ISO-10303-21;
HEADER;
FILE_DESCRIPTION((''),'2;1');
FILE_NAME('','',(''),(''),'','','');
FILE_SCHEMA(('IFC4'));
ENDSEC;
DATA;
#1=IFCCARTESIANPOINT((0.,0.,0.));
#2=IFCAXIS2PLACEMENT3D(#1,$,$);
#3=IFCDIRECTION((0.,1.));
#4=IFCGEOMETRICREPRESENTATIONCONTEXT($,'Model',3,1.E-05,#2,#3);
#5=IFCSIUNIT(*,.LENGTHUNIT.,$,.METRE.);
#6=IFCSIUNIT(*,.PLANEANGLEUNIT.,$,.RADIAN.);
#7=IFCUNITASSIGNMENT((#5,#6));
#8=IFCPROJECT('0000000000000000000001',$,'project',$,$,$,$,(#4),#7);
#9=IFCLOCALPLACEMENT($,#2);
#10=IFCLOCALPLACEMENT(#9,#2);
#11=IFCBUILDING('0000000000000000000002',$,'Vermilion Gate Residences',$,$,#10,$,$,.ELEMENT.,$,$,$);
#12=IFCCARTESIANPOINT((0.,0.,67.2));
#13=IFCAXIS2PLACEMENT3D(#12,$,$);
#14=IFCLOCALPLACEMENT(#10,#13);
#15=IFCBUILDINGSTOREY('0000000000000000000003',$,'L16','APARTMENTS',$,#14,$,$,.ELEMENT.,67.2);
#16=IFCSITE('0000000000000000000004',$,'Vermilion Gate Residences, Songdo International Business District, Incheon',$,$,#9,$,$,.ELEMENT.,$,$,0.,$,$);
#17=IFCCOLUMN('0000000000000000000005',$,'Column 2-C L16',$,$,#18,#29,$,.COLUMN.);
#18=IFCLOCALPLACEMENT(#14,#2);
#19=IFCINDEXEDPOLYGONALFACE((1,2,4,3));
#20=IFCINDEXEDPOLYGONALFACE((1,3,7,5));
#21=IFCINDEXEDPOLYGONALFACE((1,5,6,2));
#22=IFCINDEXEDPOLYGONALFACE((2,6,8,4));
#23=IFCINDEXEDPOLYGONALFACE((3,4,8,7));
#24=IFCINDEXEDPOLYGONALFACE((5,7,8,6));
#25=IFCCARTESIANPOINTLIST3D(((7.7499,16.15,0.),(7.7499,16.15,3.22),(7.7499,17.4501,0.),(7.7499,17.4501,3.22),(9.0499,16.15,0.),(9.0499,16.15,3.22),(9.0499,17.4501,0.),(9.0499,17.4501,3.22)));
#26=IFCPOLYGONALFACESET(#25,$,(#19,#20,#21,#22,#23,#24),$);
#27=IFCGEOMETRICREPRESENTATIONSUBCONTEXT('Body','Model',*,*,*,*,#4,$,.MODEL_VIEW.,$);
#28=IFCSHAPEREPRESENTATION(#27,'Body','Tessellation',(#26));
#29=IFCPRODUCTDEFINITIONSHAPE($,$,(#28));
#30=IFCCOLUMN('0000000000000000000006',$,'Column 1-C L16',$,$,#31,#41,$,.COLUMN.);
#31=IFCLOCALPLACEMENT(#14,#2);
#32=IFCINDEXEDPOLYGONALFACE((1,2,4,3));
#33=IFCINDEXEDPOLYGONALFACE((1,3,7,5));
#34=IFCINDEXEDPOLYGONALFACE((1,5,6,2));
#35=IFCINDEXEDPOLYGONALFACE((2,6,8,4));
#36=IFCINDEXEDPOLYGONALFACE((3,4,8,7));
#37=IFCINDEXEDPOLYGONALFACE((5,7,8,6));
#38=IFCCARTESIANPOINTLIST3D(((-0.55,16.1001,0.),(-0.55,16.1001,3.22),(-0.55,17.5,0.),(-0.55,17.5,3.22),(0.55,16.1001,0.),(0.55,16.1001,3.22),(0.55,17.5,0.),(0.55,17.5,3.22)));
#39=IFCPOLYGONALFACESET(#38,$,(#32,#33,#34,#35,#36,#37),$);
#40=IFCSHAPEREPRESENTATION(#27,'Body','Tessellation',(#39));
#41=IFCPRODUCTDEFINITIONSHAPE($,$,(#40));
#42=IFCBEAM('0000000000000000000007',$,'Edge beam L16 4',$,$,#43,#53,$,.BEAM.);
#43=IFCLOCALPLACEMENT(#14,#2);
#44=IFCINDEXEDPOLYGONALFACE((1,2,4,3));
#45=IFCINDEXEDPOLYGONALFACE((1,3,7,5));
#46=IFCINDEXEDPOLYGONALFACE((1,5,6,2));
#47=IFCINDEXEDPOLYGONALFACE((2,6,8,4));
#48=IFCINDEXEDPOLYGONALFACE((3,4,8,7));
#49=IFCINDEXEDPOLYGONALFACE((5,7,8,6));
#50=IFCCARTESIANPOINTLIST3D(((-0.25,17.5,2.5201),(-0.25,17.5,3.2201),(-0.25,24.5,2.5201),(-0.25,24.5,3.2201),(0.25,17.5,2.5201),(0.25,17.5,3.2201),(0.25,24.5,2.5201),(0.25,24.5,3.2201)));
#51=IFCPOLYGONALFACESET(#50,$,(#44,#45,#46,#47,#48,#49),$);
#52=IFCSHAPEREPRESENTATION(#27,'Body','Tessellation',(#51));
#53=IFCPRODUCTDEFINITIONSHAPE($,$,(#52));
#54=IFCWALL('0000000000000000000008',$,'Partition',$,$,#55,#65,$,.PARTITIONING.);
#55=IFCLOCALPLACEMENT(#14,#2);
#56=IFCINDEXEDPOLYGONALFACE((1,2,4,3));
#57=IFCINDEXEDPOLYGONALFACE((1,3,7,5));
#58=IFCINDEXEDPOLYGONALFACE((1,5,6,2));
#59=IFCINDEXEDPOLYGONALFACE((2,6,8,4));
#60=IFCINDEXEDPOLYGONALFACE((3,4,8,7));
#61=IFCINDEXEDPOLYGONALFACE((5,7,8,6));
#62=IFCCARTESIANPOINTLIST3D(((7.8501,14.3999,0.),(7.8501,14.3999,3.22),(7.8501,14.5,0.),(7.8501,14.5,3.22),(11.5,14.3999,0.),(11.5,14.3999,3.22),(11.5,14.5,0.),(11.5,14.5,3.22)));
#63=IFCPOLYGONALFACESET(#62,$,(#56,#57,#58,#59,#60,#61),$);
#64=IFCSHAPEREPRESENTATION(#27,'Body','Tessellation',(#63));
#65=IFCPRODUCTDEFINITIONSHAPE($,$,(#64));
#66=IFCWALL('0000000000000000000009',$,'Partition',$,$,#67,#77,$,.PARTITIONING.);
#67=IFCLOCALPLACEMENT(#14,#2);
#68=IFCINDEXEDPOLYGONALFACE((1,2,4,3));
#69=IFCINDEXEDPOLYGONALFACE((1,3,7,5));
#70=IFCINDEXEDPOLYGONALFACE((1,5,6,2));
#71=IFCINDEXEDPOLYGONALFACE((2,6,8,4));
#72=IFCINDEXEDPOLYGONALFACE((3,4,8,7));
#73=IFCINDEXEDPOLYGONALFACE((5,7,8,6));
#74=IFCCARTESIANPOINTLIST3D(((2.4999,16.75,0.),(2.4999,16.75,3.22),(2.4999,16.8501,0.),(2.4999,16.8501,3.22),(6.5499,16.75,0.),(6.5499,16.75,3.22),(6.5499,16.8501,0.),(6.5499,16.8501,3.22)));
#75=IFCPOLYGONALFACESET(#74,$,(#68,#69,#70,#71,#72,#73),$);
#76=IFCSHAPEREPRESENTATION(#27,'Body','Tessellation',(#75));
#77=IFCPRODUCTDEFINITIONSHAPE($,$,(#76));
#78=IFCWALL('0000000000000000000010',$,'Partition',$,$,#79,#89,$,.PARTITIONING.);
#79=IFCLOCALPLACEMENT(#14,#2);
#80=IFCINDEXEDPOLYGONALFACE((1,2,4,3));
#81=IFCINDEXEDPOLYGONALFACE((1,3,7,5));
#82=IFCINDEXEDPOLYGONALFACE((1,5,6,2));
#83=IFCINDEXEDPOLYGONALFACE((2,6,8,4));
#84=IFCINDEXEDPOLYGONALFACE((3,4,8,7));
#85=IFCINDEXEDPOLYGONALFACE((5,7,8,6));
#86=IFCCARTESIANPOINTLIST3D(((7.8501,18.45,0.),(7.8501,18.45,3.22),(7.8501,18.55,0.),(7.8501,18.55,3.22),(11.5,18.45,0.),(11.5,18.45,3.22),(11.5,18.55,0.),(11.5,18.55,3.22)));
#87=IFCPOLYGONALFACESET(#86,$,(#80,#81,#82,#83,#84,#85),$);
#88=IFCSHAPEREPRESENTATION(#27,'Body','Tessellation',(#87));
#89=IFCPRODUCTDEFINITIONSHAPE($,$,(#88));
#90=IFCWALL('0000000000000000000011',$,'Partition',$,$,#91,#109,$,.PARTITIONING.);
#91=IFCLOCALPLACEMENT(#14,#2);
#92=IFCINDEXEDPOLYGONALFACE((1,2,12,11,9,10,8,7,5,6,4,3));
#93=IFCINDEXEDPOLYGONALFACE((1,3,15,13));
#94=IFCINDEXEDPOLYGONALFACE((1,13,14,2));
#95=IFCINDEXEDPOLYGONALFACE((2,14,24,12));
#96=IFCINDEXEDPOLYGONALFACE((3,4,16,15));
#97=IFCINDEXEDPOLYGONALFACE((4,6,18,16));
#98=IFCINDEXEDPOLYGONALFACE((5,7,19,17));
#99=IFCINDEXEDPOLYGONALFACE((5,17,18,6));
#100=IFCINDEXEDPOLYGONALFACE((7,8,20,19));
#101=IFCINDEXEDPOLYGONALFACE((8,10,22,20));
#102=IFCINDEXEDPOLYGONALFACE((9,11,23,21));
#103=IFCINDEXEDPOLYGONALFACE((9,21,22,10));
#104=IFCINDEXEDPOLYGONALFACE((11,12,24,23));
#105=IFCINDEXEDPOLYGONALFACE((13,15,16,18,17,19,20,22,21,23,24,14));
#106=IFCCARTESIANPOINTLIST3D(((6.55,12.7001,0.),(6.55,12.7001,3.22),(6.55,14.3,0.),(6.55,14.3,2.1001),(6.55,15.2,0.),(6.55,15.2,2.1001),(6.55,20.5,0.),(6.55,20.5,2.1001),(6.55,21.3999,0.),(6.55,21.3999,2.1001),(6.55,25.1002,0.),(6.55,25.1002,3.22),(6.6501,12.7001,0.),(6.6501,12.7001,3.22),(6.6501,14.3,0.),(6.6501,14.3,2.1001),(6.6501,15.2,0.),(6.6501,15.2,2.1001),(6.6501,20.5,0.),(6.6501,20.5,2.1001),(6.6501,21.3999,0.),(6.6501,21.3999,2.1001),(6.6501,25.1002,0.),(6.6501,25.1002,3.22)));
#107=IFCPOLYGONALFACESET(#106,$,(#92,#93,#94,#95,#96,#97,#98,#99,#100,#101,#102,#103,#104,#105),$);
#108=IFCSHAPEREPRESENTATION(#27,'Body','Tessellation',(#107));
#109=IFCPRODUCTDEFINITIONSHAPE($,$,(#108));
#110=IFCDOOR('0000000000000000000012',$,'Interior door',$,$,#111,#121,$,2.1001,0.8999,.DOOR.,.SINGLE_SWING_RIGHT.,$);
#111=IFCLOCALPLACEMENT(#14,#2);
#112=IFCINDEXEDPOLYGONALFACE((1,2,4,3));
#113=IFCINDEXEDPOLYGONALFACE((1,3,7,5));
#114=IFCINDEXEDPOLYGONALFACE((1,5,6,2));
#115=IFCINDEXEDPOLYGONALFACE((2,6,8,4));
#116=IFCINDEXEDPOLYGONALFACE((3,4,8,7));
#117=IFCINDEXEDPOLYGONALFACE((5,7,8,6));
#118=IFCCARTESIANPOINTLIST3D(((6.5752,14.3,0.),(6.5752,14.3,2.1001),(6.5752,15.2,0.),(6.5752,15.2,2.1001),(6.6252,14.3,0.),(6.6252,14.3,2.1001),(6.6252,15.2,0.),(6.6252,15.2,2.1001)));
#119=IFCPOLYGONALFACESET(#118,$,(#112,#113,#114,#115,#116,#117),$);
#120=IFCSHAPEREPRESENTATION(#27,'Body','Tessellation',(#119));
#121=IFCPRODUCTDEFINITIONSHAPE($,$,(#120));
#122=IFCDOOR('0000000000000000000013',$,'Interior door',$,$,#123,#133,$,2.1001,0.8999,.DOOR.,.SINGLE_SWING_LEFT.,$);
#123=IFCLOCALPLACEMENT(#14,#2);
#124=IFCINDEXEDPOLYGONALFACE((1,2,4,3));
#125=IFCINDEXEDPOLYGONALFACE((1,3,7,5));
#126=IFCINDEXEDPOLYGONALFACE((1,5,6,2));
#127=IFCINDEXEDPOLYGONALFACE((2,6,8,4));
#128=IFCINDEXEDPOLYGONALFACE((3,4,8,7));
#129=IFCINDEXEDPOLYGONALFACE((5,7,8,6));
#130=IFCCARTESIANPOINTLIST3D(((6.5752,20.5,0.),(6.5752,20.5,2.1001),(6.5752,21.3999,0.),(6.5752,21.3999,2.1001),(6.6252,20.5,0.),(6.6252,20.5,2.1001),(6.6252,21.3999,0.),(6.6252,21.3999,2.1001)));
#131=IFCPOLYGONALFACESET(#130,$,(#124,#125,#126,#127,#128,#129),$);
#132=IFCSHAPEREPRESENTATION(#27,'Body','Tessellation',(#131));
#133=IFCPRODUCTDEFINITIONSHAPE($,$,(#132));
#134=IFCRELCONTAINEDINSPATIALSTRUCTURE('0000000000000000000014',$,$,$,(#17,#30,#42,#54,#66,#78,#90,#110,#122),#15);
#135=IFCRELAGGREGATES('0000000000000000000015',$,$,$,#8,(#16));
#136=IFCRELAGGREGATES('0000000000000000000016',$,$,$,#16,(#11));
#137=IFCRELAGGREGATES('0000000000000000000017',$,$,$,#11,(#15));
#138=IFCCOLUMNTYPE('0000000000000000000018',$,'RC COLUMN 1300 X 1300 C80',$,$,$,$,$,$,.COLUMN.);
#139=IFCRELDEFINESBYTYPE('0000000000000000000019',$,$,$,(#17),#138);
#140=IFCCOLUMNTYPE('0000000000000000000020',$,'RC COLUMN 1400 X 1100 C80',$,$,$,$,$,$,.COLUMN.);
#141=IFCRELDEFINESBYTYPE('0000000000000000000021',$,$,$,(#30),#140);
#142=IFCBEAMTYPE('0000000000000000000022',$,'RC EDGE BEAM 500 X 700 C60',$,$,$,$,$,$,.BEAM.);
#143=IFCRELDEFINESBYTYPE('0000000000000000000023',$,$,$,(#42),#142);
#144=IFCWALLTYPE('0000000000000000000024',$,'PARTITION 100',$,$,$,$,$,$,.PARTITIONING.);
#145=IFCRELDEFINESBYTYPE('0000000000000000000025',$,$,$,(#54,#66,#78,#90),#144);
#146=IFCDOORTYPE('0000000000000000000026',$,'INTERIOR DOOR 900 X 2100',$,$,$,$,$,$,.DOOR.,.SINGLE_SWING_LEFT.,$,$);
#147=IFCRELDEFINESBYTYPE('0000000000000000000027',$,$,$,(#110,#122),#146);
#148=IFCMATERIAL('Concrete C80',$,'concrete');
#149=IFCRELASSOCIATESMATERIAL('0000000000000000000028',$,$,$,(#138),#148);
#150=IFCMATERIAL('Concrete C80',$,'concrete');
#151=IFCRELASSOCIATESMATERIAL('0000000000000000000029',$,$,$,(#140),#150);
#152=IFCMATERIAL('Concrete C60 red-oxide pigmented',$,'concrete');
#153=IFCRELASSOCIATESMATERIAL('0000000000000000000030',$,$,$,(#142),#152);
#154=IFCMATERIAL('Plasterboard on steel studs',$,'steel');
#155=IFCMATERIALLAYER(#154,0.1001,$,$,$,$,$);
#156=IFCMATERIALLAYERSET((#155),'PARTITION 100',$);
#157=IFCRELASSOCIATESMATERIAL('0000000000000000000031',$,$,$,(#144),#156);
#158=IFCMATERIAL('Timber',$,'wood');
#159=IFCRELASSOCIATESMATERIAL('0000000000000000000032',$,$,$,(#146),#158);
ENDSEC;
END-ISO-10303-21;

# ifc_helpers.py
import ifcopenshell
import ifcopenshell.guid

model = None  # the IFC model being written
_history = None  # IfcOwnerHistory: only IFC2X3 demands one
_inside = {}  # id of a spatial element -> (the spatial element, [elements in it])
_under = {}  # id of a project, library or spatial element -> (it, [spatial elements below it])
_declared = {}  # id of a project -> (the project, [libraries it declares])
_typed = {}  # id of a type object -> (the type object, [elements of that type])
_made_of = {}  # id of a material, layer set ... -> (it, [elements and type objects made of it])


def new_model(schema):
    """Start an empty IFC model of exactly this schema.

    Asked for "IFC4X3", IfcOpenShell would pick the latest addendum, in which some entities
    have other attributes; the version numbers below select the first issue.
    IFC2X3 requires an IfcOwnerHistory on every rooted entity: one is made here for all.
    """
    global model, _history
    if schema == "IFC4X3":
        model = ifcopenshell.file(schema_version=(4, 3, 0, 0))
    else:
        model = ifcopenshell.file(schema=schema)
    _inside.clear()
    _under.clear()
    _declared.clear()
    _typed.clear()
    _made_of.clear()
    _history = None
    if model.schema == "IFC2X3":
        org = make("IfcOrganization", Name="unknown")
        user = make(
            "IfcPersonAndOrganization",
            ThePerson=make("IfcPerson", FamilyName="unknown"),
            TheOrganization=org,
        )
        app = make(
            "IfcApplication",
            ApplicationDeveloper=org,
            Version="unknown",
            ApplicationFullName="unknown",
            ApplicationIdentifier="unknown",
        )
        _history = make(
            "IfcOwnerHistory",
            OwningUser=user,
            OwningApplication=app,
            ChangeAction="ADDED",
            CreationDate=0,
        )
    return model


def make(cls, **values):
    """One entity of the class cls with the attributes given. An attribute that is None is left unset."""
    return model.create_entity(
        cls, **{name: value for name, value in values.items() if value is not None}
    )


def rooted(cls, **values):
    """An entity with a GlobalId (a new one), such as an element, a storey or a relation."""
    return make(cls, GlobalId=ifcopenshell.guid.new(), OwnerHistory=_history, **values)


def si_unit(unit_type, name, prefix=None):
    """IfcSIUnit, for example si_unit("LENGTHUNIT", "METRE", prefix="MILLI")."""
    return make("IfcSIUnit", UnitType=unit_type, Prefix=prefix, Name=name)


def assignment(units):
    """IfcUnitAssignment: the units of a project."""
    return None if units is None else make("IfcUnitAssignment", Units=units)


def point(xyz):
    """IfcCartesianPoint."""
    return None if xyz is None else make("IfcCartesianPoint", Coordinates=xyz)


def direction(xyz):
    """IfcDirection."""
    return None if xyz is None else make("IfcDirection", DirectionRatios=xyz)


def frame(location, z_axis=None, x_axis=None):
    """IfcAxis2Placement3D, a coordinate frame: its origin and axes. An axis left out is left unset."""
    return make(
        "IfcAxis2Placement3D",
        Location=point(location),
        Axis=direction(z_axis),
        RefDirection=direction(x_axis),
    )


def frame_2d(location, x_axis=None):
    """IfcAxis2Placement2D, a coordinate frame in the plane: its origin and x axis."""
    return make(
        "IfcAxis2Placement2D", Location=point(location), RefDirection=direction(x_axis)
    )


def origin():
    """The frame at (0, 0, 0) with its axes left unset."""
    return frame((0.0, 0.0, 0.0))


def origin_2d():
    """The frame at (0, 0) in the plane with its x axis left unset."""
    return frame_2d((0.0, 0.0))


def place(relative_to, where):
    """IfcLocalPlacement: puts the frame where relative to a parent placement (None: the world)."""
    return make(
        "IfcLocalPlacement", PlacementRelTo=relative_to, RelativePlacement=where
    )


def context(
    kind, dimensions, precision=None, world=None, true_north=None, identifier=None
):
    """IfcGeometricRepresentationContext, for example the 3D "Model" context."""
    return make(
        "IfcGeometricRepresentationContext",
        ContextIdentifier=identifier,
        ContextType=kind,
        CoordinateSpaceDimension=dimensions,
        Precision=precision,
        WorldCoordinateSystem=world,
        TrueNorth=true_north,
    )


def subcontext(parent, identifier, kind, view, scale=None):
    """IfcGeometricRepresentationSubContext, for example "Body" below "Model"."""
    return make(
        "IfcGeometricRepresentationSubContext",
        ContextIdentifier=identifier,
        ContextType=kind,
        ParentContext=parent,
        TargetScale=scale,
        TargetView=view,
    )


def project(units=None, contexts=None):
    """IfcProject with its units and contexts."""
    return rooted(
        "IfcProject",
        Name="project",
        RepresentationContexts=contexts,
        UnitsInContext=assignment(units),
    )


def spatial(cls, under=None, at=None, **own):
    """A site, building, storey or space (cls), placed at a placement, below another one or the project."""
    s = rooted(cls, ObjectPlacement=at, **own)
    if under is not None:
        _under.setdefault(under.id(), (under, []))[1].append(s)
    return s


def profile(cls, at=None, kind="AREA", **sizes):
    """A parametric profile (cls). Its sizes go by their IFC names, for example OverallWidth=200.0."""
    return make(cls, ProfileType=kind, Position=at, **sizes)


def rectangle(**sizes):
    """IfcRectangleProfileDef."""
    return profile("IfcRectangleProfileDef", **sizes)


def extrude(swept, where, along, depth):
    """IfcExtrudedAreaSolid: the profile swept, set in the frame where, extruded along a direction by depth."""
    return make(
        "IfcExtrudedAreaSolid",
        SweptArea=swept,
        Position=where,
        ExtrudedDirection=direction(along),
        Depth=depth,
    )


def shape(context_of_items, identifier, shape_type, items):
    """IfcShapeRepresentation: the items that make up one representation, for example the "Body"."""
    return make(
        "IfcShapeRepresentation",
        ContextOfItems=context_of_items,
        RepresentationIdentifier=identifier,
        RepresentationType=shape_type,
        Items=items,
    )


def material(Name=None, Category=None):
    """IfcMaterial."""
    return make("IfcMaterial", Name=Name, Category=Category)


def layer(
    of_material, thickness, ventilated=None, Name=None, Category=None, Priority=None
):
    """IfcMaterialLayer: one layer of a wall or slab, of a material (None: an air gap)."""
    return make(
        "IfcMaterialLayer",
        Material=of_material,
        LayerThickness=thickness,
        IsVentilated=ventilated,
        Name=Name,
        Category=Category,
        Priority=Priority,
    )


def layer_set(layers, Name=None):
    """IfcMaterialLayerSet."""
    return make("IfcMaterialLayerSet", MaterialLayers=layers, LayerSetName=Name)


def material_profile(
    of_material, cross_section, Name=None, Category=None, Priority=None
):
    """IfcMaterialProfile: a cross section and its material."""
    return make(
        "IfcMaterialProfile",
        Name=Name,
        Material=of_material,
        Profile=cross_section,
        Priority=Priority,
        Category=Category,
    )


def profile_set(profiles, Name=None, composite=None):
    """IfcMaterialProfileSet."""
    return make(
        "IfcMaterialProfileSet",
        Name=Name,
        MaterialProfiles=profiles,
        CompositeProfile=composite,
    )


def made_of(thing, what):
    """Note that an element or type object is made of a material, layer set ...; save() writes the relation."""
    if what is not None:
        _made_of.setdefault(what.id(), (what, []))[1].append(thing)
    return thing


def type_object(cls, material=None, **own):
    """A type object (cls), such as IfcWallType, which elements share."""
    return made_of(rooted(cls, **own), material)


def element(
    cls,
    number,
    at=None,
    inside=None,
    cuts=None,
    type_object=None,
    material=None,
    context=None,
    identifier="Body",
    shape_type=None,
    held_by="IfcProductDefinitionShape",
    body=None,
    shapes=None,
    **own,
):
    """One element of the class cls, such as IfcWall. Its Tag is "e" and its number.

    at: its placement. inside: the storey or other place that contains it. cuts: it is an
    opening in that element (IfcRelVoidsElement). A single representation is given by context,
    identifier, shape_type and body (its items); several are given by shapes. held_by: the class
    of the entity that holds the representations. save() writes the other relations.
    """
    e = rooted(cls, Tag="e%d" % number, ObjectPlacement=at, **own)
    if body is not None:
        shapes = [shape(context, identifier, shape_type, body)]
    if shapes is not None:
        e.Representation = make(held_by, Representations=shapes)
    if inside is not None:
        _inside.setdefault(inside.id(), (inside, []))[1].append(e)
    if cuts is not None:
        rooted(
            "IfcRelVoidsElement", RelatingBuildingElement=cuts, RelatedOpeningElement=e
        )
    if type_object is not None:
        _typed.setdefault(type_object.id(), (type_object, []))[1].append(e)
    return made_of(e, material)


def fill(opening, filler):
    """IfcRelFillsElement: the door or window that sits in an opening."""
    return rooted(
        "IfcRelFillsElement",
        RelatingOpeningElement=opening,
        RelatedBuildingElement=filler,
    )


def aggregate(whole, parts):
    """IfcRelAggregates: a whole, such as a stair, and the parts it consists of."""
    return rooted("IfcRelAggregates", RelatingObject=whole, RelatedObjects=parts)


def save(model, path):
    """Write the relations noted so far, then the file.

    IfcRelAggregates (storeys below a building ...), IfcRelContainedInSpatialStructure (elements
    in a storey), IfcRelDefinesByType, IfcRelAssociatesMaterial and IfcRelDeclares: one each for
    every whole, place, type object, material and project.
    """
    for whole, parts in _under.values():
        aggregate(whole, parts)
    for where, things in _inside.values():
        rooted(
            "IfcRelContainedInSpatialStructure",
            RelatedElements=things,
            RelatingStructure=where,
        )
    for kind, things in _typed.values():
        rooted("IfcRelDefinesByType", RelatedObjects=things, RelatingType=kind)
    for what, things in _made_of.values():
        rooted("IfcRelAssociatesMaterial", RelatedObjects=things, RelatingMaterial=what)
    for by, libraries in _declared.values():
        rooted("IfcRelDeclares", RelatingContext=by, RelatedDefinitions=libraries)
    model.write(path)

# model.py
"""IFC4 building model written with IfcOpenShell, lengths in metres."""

from ifc_helpers import new_model, si_unit, direction, frame, frame_2d, origin, origin_2d, place, context, subcontext, project, spatial, rectangle, extrude, material, layer, layer_set, material_profile, profile_set, type_object, element, fill, save


model = new_model("IFC4")

# Units and contexts
model_context = context("Model", 3, precision=1e-05, world=origin(), true_north=direction((0.0, 1.0)))
body_context = subcontext(model_context, "Body", "Model", "MODEL_VIEW")
ifc_project = project(units=[si_unit("LENGTHUNIT", "METRE"), si_unit("PLANEANGLEUNIT", "RADIAN")], contexts=[model_context])

# Site, building, storey
site_placement = place(None, origin())
site = spatial("IfcSite", under=ifc_project, at=site_placement, Name="Vermilion Gate Residences, Songdo International Business District, Incheon", CompositionType="ELEMENT", RefElevation=0.0)
building_placement = place(site_placement, origin())
building = spatial("IfcBuilding", under=site, at=building_placement, Name="Vermilion Gate Residences", CompositionType="ELEMENT")
storey_placement = place(building_placement, frame((0.0, 0.0, 67.2)))
storey = spatial("IfcBuildingStorey", under=building, at=storey_placement, Name="L16", Description="APARTMENTS", CompositionType="ELEMENT", Elevation=67.2)

# Columns
ifc_material_1 = material(Name="Concrete C80", Category="concrete")
ifc_material_profile_1 = material_profile(ifc_material_1, rectangle(XDim=1.3, YDim=1.3, at=origin_2d()), Name="RC-1300x1300")
ifc_profile_set_1 = profile_set([ifc_material_profile_1], Name="Concrete C80")
column_type_1 = type_object("IfcColumnType", Name="RC COLUMN 1300 X 1300 C80", PredefinedType="COLUMN", material=ifc_profile_set_1)
column_1_placement = place(storey_placement, frame((8.3999, 16.8, 0.0), z_axis=(0.0, 0.0, 1.0), x_axis=(1.0, 0.0, 0.0)))
element("IfcColumn", 1, at=column_1_placement, inside=storey, type_object=column_type_1, Name="Column 2-C L16", PredefinedType="COLUMN", context=body_context, shape_type="SweptSolid", body=[
    extrude(rectangle(XDim=1.3, YDim=1.3, at=origin_2d()), origin(), (0.0, 0.0, 1.0), 3.22),
])
ifc_material_2 = material(Name="Concrete C80", Category="concrete")
ifc_material_profile_2 = material_profile(ifc_material_2, rectangle(XDim=1.3999, YDim=1.1001, at=origin_2d()), Name="RC-1400x1100")
ifc_profile_set_2 = profile_set([ifc_material_profile_2], Name="Concrete C80")
column_type_2 = type_object("IfcColumnType", Name="RC COLUMN 1400 X 1100 C80", PredefinedType="COLUMN", material=ifc_profile_set_2)
column_2_placement = place(storey_placement, frame((0.0, 16.8, 0.0), z_axis=(0.0, 0.0, 1.0), x_axis=(0.0, 1.0, 0.0)))
element("IfcColumn", 2, at=column_2_placement, inside=storey, type_object=column_type_2, Name="Column 1-C L16", PredefinedType="COLUMN", context=body_context, shape_type="SweptSolid", body=[
    extrude(rectangle(XDim=1.3999, YDim=1.1001, at=origin_2d()), origin(), (0.0, 0.0, 1.0), 3.22),
])

# Beam
ifc_material_3 = material(Name="Concrete C60 red-oxide pigmented", Category="concrete")
ifc_material_profile_3 = material_profile(ifc_material_3, rectangle(XDim=0.5, YDim=0.7, at=origin_2d()), Name="RC-500x700")
ifc_profile_set_3 = profile_set([ifc_material_profile_3], Name="Concrete C60 red-oxide pigmented")
beam_type = type_object("IfcBeamType", Name="RC EDGE BEAM 500 X 700 C60", PredefinedType="BEAM", material=ifc_profile_set_3)
beam_placement = place(storey_placement, frame((0.0, 17.5, 2.8701), z_axis=(0.0, 1.0, 0.0), x_axis=(-1.0, 0.0, 0.0)))
element("IfcBeam", 3, at=beam_placement, inside=storey, type_object=beam_type, Name="Edge beam L16 4", PredefinedType="BEAM", context=body_context, shape_type="SweptSolid", body=[
    extrude(rectangle(XDim=0.5, YDim=0.7, at=origin_2d()), origin(), (0.0, 0.0, 1.0), 7.0),
])

# Walls
ifc_material_4 = material(Name="Plasterboard on steel studs", Category="steel")
ifc_layer_1 = layer(ifc_material_4, 0.1001)
ifc_layer_set_1 = layer_set([ifc_layer_1], Name="PARTITION 100")
wall_type_1 = type_object("IfcWallType", Name="PARTITION 100", PredefinedType="PARTITIONING", material=ifc_layer_set_1)
wall_1_placement = place(storey_placement, frame((7.8501, 14.45, 0.0), z_axis=(0.0, 0.0, 1.0), x_axis=(1.0, 0.0, 0.0)))
element("IfcWall", 4, at=wall_1_placement, inside=storey, type_object=wall_type_1, Name="Partition", PredefinedType="PARTITIONING", context=body_context, shape_type="SweptSolid", body=[
    extrude(rectangle(XDim=3.6499, YDim=0.1001, at=frame_2d((1.825, 0.0))), origin(), (0.0, 0.0, 1.0), 3.22),
])
wall_2_placement = place(storey_placement, frame((2.5, 16.8, 0.0), z_axis=(0.0, 0.0, 1.0), x_axis=(1.0, 0.0, 0.0)))
element("IfcWall", 5, at=wall_2_placement, inside=storey, type_object=wall_type_1, Name="Partition", PredefinedType="PARTITIONING", context=body_context, shape_type="SweptSolid", body=[
    extrude(rectangle(XDim=4.05, YDim=0.1001, at=frame_2d((2.0249, 0.0))), origin(), (0.0, 0.0, 1.0), 3.22),
])
wall_3_placement = place(storey_placement, frame((7.8501, 18.5, 0.0), z_axis=(0.0, 0.0, 1.0), x_axis=(1.0, 0.0, 0.0)))
element("IfcWall", 6, at=wall_3_placement, inside=storey, type_object=wall_type_1, Name="Partition", PredefinedType="PARTITIONING", context=body_context, shape_type="SweptSolid", body=[
    extrude(rectangle(XDim=3.6499, YDim=0.1001, at=frame_2d((1.825, 0.0))), origin(), (0.0, 0.0, 1.0), 3.22),
])

# Wall, openings, doors
wall_4_placement = place(storey_placement, frame((6.6001, 12.7, 0.0), z_axis=(0.0, 0.0, 1.0), x_axis=(0.0, 1.0, 0.0)))
wall_4 = element("IfcWall", 7, at=wall_4_placement, inside=storey, type_object=wall_type_1, Name="Partition", PredefinedType="PARTITIONING", context=body_context, shape_type="SweptSolid", body=[
    extrude(rectangle(XDim=12.4001, YDim=0.1001, at=frame_2d((6.2002, 0.0))), origin(), (0.0, 0.0, 1.0), 3.22),
])
opening_1_placement = place(wall_4_placement, frame((1.6001, 0.0, 0.0)))
opening_1 = element("IfcOpeningElement", 8, at=opening_1_placement, cuts=wall_4, PredefinedType="OPENING", context=body_context, shape_type="SweptSolid", body=[
    extrude(rectangle(XDim=0.8999, YDim=2.1001, at=frame_2d((0.45, 1.05))), frame((0.0, 0.0601, 0.0), z_axis=(0.0, -1.0, 0.0), x_axis=(1.0, 0.0, 0.0)), (0.0, 0.0, 1.0), 0.1201),
])
opening_2_placement = place(wall_4_placement, frame((7.8, 0.0, 0.0)))
opening_2 = element("IfcOpeningElement", 9, at=opening_2_placement, cuts=wall_4, PredefinedType="OPENING", context=body_context, shape_type="SweptSolid", body=[
    extrude(rectangle(XDim=0.8999, YDim=2.1001, at=frame_2d((0.45, 1.05))), frame((0.0, 0.0601, 0.0), z_axis=(0.0, -1.0, 0.0), x_axis=(1.0, 0.0, 0.0)), (0.0, 0.0, 1.0), 0.1201),
])
ifc_material_5 = material(Name="Timber", Category="wood")
door_type = type_object("IfcDoorType", Name="INTERIOR DOOR 900 X 2100", OperationType="SINGLE_SWING_LEFT", PredefinedType="DOOR", material=ifc_material_5)
door_1_placement = place(opening_1_placement, origin())
door_1 = element("IfcDoor", 10, at=door_1_placement, inside=storey, type_object=door_type, Name="Interior door", OperationType="SINGLE_SWING_RIGHT", OverallHeight=2.1001, OverallWidth=0.8999, PredefinedType="DOOR", context=body_context, shape_type="SweptSolid", body=[
    extrude(rectangle(XDim=0.8999, YDim=2.1001, at=frame_2d((0.45, 1.05))), frame((0.0, 0.0249, 0.0), z_axis=(0.0, -1.0, 0.0), x_axis=(1.0, 0.0, 0.0)), (0.0, 0.0, 1.0), 0.05),
])
fill(opening_1, door_1)
door_2_placement = place(opening_2_placement, origin())
door_2 = element("IfcDoor", 11, at=door_2_placement, inside=storey, type_object=door_type, Name="Interior door", OperationType="SINGLE_SWING_LEFT", OverallHeight=2.1001, OverallWidth=0.8999, PredefinedType="DOOR", context=body_context, shape_type="SweptSolid", body=[
    extrude(rectangle(XDim=0.8999, YDim=2.1001, at=frame_2d((0.45, 1.05))), frame((0.0, 0.0249, 0.0), z_axis=(0.0, -1.0, 0.0), x_axis=(1.0, 0.0, 0.0)), (0.0, 0.0, 1.0), 0.05),
])
fill(opening_2, door_2)

save(model, "model.ifc")
